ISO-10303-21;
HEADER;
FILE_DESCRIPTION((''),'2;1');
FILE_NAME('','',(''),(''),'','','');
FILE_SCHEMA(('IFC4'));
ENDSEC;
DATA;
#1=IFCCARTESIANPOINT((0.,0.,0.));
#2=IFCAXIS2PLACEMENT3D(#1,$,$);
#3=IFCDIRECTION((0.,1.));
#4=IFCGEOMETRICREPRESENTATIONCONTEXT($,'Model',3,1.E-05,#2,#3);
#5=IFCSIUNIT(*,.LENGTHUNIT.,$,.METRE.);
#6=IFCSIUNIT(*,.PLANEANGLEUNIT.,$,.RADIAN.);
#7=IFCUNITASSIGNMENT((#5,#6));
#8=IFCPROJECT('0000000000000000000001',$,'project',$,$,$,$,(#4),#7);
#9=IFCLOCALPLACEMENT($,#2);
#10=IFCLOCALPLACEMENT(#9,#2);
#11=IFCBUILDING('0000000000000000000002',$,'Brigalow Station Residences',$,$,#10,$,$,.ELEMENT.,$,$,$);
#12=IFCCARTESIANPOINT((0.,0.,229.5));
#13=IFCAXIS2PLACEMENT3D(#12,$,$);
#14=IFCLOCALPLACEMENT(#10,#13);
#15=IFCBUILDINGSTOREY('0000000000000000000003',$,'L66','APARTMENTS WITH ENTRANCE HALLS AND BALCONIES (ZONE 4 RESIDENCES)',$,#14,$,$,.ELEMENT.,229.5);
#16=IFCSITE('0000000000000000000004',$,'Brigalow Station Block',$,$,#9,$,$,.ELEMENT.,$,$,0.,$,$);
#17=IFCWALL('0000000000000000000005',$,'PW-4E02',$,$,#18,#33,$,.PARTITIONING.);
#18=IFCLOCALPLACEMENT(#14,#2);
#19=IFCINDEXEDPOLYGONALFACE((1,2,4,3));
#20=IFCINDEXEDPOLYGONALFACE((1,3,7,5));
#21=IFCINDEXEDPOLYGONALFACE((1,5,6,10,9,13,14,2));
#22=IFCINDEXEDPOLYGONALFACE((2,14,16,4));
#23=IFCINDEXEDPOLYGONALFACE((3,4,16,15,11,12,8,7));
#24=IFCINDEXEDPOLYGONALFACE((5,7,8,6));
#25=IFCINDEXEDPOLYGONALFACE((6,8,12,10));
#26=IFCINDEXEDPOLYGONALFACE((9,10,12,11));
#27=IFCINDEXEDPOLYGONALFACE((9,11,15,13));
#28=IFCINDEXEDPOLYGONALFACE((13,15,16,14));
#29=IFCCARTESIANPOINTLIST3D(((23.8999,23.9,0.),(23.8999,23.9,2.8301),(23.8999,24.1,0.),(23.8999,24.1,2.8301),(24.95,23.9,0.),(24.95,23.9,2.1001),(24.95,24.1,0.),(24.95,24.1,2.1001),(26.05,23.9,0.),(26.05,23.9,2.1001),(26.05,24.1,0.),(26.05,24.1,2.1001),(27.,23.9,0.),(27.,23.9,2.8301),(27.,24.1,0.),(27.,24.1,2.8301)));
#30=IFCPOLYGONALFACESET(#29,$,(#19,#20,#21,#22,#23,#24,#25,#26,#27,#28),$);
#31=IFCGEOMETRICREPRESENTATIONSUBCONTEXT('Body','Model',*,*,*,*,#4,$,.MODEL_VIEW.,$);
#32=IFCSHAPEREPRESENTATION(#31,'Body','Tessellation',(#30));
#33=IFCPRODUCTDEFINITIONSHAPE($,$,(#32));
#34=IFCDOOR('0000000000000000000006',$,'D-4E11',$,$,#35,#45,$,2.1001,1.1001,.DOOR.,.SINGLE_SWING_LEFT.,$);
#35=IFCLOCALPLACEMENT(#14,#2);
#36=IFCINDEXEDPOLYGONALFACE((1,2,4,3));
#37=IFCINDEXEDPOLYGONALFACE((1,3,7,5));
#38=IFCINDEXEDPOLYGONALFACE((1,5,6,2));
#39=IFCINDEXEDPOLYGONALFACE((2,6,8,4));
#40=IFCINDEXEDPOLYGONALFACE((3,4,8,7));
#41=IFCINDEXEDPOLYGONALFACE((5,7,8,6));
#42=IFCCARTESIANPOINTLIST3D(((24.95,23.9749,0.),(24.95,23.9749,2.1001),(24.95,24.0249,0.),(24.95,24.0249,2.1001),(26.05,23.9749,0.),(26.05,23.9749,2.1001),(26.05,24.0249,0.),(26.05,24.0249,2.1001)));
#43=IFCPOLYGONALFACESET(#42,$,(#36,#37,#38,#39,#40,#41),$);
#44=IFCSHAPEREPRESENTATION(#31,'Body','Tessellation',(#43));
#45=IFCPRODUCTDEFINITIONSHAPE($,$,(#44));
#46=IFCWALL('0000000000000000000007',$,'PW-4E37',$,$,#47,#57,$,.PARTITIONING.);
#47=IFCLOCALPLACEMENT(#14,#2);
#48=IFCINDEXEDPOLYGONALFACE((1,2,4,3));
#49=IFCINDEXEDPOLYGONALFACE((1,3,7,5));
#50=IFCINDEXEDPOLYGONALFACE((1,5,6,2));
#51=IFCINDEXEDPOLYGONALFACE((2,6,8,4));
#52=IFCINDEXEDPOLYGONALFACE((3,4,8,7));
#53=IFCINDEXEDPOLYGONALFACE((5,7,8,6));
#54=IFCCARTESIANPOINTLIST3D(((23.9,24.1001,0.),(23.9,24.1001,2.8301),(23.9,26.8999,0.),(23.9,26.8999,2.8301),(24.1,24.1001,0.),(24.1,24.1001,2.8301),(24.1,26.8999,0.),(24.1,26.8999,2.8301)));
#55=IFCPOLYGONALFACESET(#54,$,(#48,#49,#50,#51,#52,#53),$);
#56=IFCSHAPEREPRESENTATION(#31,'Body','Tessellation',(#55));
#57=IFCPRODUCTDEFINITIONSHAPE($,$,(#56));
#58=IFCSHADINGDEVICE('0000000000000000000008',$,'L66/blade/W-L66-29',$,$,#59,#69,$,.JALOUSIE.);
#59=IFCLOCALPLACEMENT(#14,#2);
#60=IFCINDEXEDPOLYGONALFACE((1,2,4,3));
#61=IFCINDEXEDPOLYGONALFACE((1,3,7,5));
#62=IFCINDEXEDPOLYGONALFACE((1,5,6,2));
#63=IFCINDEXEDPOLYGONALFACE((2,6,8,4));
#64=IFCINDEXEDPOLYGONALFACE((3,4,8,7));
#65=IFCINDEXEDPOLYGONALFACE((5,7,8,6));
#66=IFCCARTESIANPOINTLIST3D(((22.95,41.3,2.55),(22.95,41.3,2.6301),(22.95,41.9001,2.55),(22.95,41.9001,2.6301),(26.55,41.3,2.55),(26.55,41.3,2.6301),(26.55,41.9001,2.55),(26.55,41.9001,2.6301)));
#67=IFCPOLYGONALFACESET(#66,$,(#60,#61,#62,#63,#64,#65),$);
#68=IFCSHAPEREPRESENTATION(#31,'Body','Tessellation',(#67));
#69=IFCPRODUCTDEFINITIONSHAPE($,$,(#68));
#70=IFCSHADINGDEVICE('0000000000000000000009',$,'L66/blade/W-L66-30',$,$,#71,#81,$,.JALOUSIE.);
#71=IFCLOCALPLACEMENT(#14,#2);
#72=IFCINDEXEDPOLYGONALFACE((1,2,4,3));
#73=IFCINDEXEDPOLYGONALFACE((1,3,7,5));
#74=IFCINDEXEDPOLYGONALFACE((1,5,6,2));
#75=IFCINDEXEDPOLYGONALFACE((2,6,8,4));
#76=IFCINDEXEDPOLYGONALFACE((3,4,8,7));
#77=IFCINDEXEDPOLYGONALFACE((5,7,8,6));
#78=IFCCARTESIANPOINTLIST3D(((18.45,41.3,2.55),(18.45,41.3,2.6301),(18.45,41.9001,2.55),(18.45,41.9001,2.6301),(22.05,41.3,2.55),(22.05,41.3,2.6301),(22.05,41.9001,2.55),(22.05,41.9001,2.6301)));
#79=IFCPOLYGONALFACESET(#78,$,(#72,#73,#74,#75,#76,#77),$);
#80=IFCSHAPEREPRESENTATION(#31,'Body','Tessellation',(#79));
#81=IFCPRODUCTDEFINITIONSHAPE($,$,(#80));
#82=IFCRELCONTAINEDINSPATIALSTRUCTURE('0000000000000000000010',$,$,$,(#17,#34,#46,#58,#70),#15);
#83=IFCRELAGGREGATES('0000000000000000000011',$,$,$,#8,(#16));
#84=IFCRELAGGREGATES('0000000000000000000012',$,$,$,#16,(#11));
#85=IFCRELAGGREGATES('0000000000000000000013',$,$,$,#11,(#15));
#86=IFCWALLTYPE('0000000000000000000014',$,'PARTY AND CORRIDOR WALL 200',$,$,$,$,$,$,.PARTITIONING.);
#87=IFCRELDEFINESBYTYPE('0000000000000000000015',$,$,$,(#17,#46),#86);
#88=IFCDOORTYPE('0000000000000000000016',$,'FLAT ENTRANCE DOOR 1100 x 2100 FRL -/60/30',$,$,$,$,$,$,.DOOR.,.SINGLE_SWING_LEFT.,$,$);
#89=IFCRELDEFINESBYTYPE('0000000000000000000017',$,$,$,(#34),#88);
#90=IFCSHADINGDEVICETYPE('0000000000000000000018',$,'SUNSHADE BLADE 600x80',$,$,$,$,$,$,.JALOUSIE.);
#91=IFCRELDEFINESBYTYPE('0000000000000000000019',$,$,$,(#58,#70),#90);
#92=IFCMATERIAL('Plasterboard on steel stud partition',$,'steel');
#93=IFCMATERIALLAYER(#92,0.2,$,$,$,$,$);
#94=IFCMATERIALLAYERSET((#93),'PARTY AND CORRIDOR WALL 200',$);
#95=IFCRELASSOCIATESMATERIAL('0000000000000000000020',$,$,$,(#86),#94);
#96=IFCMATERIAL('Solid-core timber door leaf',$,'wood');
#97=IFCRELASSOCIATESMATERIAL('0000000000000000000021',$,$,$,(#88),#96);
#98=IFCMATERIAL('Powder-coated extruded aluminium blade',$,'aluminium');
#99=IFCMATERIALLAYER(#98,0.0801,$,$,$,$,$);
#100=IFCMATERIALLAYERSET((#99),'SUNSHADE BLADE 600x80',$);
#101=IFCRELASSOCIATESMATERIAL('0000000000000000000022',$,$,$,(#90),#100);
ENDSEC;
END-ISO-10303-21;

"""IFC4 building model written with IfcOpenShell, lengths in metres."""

from ifc_helpers import new_model, si_unit, direction, frame, frame_2d, origin, origin_2d, place, context, subcontext, project, spatial, rectangle, extrude, material, layer, layer_set, type_object, element, fill, save


model = new_model("IFC4")

# Units and contexts
model_context = context("Model", 3, precision=1e-05, world=origin(), true_north=direction((0.0, 1.0)))
body_context = subcontext(model_context, "Body", "Model", "MODEL_VIEW")
ifc_project = project(units=[si_unit("LENGTHUNIT", "METRE"), si_unit("PLANEANGLEUNIT", "RADIAN")], contexts=[model_context])

# Site, building, storey
site_placement = place(None, origin())
site = spatial("IfcSite", under=ifc_project, at=site_placement, Name="Brigalow Station Block", CompositionType="ELEMENT", RefElevation=0.0)
building_placement = place(site_placement, origin())
building = spatial("IfcBuilding", under=site, at=building_placement, Name="Brigalow Station Residences", CompositionType="ELEMENT")
storey_placement = place(building_placement, frame((0.0, 0.0, 229.5)))
storey = spatial("IfcBuildingStorey", under=building, at=storey_placement, Name="L66", Description="APARTMENTS WITH ENTRANCE HALLS AND BALCONIES (ZONE 4 RESIDENCES)", CompositionType="ELEMENT", Elevation=229.5)

# Wall, opening, door
ifc_material_1 = material(Name="Plasterboard on steel stud partition", Category="steel")
ifc_layer_1 = layer(ifc_material_1, 0.2)
ifc_layer_set_1 = layer_set([ifc_layer_1], Name="PARTY AND CORRIDOR WALL 200")
wall_type_1 = type_object("IfcWallType", Name="PARTY AND CORRIDOR WALL 200", PredefinedType="PARTITIONING", material=ifc_layer_set_1)
wall_1_placement = place(storey_placement, frame((23.8999, 24.0, 0.0), z_axis=(0.0, 0.0, 1.0), x_axis=(1.0, 0.0, 0.0)))
wall_1 = element("IfcWall", 1, at=wall_1_placement, inside=storey, type_object=wall_type_1, Name="PW-4E02", PredefinedType="PARTITIONING", context=body_context, shape_type="SweptSolid", body=[
    extrude(rectangle(XDim=3.1001, YDim=0.2, at=frame_2d((1.55, 0.0))), origin(), (0.0, 0.0, 1.0), 2.8301),
])
opening_1_placement = place(wall_1_placement, frame((1.05, 0.0, 0.0)))
opening_1 = element("IfcOpeningElement", 2, at=opening_1_placement, cuts=wall_1, PredefinedType="OPENING", context=body_context, shape_type="SweptSolid", body=[
    extrude(rectangle(XDim=1.1001, YDim=2.1001, at=frame_2d((0.55, 1.05))), frame((0.0, 0.1099, 0.0), z_axis=(0.0, -1.0, 0.0), x_axis=(1.0, 0.0, 0.0)), (0.0, 0.0, 1.0), 0.22),
])
ifc_material_2 = material(Name="Solid-core timber door leaf", Category="wood")
door_type_1 = type_object("IfcDoorType", Name="FLAT ENTRANCE DOOR 1100 x 2100 FRL -/60/30", OperationType="SINGLE_SWING_LEFT", PredefinedType="DOOR", material=ifc_material_2)
door_1_placement = place(opening_1_placement, origin())
door_1 = element("IfcDoor", 3, at=door_1_placement, inside=storey, type_object=door_type_1, Name="D-4E11", OperationType="SINGLE_SWING_LEFT", OverallHeight=2.1001, OverallWidth=1.1001, PredefinedType="DOOR", context=body_context, shape_type="SweptSolid", body=[
    extrude(rectangle(XDim=1.1001, YDim=2.1001, at=frame_2d((0.55, 1.05))), frame((0.0, 0.0249, 0.0), z_axis=(0.0, -1.0, 0.0), x_axis=(1.0, 0.0, 0.0)), (0.0, 0.0, 1.0), 0.05),
])
fill(opening_1, door_1)

# Wall
wall_2_placement = place(storey_placement, frame((24.0, 24.1001, 0.0), z_axis=(0.0, 0.0, 1.0), x_axis=(0.0, 1.0, 0.0)))
element("IfcWall", 4, at=wall_2_placement, inside=storey, type_object=wall_type_1, Name="PW-4E37", PredefinedType="PARTITIONING", context=body_context, shape_type="SweptSolid", body=[
    extrude(rectangle(XDim=2.7998, YDim=0.2, at=frame_2d((1.3999, 0.0))), origin(), (0.0, 0.0, 1.0), 2.8301),
])

# Shading devices
ifc_material_3 = material(Name="Powder-coated extruded aluminium blade", Category="aluminium")
ifc_layer_2 = layer(ifc_material_3, 0.0801)
ifc_layer_set_2 = layer_set([ifc_layer_2], Name="SUNSHADE BLADE 600x80")
shading_device_type = type_object("IfcShadingDeviceType", Name="SUNSHADE BLADE 600x80", PredefinedType="JALOUSIE", material=ifc_layer_set_2)
for number, where, z_axis, x_axis, name in (
    (5, (24.75, 41.6001, 2.55), (0.0, 0.0, 1.0), (-1.0, 0.0, 0.0), "L66/blade/W-L66-29"),
    (6, (20.25, 41.6001, 2.55), (0.0, 0.0, 1.0), (-1.0, 0.0, 0.0), "L66/blade/W-L66-30"),
):
    element("IfcShadingDevice", number, at=place(storey_placement, frame(where, z_axis=z_axis, x_axis=x_axis)), inside=storey, type_object=shading_device_type, Name=name, PredefinedType="JALOUSIE", context=body_context, shape_type="SweptSolid", body=[
        extrude(rectangle(XDim=3.6001, YDim=0.6001, at=origin_2d()), origin(), (0.0, 0.0, 1.0), 0.0801),
    ])

save(model, "model.ifc")
